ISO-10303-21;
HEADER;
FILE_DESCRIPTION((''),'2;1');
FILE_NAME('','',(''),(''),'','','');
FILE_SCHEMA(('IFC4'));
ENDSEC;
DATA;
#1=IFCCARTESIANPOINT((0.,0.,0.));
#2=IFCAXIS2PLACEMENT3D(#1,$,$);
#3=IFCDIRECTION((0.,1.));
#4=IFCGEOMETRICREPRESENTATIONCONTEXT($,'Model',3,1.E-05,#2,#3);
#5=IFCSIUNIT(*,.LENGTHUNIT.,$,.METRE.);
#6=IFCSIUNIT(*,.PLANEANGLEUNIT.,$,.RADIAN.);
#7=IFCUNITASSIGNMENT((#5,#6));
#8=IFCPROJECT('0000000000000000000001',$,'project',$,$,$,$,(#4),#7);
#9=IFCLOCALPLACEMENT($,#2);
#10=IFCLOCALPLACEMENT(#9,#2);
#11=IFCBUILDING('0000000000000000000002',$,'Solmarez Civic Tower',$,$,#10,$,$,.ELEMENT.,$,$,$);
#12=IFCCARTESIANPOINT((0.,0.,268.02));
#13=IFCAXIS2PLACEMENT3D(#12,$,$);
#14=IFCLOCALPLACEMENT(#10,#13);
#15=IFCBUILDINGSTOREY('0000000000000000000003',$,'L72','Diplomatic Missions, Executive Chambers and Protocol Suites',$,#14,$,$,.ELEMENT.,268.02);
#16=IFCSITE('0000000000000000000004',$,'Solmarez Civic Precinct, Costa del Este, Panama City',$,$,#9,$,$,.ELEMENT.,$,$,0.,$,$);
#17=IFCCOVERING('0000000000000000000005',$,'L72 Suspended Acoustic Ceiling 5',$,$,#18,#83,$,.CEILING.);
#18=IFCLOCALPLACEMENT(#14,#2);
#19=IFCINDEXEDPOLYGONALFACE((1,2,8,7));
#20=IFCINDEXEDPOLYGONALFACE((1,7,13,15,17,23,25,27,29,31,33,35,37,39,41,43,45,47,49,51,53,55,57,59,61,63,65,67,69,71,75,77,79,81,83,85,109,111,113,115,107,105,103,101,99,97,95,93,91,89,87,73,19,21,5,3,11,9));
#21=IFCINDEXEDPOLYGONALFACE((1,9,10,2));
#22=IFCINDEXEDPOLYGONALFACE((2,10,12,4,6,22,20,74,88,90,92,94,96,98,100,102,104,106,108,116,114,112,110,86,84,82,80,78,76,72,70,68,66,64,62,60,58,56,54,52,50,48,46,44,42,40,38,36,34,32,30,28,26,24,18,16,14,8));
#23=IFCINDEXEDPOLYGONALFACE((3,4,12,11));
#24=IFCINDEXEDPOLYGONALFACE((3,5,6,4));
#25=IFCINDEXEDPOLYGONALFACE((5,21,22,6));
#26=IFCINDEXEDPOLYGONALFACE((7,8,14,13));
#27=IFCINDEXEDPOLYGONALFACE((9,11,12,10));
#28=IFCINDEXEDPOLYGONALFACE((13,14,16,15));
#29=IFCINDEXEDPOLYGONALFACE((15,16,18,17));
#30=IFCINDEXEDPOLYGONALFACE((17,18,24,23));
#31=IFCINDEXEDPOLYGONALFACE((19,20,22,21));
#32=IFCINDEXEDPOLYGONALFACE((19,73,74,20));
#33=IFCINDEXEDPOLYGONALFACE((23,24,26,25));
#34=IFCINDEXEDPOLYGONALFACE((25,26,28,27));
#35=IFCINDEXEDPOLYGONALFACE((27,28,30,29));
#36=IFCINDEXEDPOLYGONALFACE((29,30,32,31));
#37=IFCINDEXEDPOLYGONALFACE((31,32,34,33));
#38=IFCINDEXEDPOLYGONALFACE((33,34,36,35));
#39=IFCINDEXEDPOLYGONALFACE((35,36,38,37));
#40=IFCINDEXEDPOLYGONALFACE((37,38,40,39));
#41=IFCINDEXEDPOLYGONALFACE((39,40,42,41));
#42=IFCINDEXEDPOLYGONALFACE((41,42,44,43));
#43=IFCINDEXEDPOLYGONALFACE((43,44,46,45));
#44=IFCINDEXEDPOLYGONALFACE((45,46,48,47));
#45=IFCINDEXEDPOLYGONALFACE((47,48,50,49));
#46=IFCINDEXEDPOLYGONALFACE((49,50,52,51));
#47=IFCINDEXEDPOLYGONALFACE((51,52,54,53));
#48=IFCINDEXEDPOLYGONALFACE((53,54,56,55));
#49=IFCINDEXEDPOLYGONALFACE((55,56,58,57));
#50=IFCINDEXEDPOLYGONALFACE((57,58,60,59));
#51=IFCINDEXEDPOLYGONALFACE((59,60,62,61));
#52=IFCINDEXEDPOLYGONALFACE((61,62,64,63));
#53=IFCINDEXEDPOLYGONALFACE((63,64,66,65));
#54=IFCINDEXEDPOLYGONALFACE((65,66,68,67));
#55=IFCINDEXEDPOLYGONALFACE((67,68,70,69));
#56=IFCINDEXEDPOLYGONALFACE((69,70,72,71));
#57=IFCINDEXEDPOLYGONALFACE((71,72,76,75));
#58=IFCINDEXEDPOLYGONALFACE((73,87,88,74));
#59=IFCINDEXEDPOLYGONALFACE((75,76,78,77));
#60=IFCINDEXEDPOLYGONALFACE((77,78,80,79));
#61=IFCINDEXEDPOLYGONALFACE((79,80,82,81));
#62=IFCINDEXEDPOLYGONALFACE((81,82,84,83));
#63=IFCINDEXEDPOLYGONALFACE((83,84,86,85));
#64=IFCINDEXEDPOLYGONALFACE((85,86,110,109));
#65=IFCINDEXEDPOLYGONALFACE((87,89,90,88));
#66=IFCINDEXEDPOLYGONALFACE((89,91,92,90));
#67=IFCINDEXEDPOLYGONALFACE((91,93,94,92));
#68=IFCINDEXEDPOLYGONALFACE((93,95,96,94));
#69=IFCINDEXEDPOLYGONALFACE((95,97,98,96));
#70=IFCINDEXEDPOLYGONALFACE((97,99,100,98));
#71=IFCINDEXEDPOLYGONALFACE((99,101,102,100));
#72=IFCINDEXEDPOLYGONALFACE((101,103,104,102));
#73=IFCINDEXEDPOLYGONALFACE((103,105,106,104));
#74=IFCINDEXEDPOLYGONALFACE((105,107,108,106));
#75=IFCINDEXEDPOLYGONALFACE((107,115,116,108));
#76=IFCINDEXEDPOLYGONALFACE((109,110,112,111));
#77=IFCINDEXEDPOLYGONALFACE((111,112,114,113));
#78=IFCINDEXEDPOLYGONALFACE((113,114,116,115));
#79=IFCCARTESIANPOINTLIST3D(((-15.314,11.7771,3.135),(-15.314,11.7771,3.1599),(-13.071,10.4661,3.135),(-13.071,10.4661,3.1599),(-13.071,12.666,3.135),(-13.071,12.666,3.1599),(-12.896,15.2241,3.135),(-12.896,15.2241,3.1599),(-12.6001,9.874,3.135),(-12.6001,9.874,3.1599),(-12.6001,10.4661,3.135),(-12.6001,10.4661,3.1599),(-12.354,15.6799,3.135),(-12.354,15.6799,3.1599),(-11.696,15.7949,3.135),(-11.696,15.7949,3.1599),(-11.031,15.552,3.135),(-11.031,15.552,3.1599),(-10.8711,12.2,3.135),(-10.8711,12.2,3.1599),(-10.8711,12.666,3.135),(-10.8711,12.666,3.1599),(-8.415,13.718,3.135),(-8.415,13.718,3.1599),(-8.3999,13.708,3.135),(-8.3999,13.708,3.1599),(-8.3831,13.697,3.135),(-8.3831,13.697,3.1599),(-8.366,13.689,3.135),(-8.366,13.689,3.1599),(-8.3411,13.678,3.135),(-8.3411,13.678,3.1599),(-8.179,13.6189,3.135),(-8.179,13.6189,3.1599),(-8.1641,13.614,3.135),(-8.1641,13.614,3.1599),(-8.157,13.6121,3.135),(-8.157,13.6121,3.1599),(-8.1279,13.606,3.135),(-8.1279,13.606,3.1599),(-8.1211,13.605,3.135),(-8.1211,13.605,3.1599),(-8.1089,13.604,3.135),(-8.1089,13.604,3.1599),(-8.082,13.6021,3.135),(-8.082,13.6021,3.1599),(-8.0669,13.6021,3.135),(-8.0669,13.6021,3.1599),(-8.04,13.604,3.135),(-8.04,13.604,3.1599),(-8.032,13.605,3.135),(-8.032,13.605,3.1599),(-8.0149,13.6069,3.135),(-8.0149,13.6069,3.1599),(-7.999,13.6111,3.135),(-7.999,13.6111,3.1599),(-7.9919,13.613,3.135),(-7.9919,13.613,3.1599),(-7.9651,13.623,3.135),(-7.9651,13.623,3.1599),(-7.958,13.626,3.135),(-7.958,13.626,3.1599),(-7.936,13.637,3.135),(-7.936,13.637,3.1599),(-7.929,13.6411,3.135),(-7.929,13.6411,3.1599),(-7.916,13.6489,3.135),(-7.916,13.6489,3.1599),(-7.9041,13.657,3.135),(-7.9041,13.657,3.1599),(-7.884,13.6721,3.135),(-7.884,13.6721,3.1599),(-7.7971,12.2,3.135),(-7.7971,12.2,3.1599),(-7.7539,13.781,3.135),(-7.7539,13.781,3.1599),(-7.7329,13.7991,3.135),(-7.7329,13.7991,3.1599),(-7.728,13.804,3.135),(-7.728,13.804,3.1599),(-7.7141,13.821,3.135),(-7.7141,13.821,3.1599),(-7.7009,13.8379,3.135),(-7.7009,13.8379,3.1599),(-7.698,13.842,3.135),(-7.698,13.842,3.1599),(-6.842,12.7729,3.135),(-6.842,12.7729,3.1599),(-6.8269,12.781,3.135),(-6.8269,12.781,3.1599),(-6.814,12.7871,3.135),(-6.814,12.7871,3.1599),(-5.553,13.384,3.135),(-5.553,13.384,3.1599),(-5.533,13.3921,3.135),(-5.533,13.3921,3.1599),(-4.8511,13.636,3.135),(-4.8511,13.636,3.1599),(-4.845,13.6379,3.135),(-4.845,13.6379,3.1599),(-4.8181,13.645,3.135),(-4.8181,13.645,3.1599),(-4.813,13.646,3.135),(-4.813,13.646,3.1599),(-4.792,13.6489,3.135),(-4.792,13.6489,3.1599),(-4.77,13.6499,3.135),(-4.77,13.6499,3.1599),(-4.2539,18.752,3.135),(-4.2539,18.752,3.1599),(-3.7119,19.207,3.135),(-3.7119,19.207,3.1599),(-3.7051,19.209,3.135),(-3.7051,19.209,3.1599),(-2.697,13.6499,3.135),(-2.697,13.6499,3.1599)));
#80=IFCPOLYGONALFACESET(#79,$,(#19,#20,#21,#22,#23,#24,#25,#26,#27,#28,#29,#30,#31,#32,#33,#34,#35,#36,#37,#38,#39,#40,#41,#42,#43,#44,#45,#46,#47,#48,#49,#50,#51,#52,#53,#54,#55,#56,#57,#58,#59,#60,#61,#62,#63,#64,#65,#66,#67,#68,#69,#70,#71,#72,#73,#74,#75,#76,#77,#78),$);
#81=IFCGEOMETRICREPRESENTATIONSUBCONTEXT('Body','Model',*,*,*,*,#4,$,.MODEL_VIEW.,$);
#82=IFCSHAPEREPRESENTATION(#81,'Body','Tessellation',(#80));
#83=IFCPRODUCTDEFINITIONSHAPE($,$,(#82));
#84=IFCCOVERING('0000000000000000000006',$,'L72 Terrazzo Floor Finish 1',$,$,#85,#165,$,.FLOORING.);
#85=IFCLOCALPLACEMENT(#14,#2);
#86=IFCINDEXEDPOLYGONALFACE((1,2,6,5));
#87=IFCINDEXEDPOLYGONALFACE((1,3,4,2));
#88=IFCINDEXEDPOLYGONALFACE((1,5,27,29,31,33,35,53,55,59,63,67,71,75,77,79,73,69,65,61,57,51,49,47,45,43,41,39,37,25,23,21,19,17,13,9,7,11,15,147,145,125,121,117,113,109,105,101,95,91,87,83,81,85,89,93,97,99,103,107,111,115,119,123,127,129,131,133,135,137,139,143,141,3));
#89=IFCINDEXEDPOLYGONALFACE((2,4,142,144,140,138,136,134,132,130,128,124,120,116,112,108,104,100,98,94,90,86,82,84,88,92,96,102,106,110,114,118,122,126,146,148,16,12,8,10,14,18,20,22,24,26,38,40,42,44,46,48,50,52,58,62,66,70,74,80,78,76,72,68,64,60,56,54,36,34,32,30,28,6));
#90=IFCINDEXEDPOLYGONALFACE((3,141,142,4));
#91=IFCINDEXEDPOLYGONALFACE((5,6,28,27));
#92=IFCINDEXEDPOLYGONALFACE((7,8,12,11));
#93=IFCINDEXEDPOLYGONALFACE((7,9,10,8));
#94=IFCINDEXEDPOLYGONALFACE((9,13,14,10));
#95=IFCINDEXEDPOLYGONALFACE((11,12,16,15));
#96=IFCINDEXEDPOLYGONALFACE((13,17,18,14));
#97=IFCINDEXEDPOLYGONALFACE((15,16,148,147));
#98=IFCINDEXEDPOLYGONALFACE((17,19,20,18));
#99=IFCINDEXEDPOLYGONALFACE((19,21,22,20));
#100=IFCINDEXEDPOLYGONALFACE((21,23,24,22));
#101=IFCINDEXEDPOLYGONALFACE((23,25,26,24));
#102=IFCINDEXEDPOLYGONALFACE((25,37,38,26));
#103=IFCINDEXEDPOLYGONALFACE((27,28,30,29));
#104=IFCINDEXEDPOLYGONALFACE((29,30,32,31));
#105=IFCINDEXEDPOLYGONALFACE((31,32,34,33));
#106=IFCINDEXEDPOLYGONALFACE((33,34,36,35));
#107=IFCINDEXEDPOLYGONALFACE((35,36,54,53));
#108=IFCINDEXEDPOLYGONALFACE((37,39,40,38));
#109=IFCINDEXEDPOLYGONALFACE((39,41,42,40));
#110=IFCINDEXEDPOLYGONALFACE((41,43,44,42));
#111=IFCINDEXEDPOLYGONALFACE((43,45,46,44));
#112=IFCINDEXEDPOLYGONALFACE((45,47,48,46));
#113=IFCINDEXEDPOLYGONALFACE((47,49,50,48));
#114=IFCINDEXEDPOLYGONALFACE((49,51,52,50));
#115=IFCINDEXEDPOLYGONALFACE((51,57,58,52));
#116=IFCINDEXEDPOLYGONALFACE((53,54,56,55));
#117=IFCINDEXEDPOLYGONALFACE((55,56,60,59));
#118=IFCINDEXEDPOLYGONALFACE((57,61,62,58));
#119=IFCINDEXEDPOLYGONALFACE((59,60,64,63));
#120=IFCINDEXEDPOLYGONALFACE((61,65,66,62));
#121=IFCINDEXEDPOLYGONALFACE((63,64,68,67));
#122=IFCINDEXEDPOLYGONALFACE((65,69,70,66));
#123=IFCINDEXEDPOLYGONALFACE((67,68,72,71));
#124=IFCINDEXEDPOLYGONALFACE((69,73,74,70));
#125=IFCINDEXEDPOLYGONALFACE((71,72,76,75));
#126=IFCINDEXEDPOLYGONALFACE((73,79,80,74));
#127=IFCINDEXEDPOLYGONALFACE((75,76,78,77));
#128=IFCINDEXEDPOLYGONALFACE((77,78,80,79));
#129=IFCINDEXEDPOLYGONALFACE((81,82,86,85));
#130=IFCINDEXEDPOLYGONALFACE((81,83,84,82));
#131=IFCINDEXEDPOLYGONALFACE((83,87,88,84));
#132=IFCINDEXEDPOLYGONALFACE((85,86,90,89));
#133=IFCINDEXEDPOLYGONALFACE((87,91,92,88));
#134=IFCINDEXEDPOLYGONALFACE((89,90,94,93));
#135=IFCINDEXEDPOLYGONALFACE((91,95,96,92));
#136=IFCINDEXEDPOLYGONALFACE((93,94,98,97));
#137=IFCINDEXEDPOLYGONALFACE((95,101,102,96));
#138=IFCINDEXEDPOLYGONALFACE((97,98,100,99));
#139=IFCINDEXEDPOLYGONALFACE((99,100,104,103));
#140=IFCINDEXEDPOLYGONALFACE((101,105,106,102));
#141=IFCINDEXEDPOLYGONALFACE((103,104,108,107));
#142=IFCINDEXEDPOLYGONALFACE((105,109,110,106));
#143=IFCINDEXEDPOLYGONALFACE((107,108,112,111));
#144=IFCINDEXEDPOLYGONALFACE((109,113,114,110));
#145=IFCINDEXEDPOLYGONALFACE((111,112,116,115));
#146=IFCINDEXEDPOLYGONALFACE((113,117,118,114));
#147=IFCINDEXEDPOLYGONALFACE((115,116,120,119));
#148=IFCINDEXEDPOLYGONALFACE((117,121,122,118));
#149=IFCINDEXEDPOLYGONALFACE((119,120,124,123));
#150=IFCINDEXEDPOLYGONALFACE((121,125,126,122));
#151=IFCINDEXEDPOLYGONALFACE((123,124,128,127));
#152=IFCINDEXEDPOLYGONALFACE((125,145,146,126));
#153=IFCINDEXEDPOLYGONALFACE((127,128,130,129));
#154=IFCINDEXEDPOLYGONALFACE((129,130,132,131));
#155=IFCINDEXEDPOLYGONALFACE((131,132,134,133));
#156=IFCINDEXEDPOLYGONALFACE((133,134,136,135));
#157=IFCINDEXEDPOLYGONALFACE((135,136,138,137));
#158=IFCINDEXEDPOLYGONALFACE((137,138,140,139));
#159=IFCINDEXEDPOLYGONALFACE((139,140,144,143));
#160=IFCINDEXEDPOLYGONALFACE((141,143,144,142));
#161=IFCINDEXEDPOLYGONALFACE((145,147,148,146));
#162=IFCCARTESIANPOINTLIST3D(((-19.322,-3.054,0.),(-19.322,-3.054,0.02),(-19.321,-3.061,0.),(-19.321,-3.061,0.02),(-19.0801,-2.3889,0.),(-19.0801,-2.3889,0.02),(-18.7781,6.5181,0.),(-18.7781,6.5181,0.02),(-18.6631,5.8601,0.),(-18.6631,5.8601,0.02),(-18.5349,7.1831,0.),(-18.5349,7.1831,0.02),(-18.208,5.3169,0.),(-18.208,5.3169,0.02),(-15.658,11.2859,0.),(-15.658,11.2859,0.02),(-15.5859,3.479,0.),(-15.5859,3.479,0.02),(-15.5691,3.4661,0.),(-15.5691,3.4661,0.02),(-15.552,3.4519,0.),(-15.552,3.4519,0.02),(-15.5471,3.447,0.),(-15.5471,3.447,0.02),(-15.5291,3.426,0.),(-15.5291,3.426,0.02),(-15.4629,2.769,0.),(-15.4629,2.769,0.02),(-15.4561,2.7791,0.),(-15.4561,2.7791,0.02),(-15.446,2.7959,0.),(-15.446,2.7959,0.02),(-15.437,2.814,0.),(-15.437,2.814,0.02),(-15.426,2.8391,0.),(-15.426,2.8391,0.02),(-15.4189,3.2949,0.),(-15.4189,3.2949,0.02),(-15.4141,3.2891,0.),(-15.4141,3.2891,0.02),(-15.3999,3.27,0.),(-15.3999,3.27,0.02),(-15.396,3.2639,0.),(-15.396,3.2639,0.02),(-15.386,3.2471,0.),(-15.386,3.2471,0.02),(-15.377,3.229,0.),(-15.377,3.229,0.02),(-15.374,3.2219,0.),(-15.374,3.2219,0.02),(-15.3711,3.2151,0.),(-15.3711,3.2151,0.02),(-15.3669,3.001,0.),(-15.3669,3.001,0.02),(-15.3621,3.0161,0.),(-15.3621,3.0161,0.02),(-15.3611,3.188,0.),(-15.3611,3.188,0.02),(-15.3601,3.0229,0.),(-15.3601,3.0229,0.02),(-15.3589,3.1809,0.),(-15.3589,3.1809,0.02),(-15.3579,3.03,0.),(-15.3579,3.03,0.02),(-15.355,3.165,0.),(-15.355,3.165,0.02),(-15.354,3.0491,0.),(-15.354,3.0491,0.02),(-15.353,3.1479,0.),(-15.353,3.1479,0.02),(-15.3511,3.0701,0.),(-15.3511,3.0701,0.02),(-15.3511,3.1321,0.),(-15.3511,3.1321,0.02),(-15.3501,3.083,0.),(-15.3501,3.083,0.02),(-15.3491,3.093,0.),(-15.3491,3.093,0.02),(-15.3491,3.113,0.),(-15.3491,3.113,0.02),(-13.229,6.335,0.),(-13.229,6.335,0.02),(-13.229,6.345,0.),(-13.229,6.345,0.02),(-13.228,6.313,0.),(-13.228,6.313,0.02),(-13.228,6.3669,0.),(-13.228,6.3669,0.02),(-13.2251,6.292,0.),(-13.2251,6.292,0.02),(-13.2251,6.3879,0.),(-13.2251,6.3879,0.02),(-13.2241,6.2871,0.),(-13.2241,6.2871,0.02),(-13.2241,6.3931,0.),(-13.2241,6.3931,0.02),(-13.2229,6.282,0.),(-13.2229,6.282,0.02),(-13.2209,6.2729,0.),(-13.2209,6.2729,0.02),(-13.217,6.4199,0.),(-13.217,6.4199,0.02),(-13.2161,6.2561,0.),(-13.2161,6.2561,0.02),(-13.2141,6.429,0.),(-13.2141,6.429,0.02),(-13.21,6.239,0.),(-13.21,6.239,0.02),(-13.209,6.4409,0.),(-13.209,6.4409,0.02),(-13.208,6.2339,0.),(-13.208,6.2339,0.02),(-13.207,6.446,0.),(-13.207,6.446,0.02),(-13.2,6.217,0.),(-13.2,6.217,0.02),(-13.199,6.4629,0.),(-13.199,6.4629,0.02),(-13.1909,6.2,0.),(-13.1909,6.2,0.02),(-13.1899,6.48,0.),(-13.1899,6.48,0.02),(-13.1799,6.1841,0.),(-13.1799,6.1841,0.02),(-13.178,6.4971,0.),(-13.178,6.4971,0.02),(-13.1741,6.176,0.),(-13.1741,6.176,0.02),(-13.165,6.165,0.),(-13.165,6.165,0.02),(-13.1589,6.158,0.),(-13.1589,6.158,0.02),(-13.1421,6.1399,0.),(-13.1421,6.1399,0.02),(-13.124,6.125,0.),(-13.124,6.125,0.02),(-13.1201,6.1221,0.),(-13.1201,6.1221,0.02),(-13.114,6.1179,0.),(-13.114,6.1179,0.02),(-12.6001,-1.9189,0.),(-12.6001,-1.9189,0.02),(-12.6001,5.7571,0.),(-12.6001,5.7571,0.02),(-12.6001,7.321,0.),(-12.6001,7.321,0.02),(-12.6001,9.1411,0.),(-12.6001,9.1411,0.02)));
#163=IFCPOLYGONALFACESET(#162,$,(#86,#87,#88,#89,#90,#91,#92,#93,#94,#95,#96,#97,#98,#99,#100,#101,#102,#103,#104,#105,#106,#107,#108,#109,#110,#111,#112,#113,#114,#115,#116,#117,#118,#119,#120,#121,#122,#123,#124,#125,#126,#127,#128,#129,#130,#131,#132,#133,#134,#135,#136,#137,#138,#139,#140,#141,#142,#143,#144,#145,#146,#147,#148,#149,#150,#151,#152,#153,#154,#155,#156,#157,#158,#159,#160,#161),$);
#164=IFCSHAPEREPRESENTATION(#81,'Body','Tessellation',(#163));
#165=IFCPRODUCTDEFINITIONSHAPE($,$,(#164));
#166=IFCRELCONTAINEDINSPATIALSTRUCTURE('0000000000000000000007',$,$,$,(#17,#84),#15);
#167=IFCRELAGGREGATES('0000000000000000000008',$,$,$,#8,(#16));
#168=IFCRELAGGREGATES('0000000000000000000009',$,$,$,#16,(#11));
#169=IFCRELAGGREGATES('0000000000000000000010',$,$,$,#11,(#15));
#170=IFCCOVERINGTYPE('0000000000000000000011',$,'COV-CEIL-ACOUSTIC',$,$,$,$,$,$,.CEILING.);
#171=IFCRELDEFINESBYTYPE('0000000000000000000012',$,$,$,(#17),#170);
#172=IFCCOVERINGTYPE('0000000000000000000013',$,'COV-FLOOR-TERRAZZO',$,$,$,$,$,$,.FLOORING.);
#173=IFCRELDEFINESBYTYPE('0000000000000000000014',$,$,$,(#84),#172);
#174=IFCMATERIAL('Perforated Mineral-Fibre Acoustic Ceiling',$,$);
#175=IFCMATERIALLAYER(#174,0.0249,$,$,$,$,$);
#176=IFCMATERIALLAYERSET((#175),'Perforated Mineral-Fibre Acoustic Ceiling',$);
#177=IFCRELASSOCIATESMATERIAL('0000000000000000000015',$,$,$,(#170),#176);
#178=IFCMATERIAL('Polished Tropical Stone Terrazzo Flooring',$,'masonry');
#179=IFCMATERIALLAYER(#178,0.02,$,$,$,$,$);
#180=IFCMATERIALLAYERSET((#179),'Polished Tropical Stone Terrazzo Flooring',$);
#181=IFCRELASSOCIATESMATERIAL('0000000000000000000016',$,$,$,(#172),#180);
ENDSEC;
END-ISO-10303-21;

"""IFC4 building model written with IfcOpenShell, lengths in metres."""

from ifc_helpers import new_model, si_unit, direction, frame, origin, place, context, subcontext, project, spatial, polyline, outline, extrude, material, layer, layer_set, type_object, element, save


model = new_model("IFC4")

# Units and contexts
model_context = context("Model", 3, precision=1e-05, world=origin(), true_north=direction((0.0, 1.0)))
body_context = subcontext(model_context, "Body", "Model", "MODEL_VIEW")
ifc_project = project(units=[si_unit("LENGTHUNIT", "METRE"), si_unit("PLANEANGLEUNIT", "RADIAN")], contexts=[model_context])

# Site, building, storey
site_placement = place(None, origin())
site = spatial("IfcSite", under=ifc_project, at=site_placement, Name="Solmarez Civic Precinct, Costa del Este, Panama City", CompositionType="ELEMENT", RefElevation=0.0)
building_placement = place(site_placement, origin())
building = spatial("IfcBuilding", under=site, at=building_placement, Name="Solmarez Civic Tower", CompositionType="ELEMENT")
storey_placement = place(building_placement, frame((0.0, 0.0, 268.02)))
storey = spatial("IfcBuildingStorey", under=building, at=storey_placement, Name="L72", Description="Diplomatic Missions, Executive Chambers and Protocol Suites", CompositionType="ELEMENT", Elevation=268.02)

# Coverings
ifc_material_1 = material(Name="Perforated Mineral-Fibre Acoustic Ceiling")
ifc_layer_1 = layer(ifc_material_1, 0.0249)
ifc_layer_set_1 = layer_set([ifc_layer_1], Name="Perforated Mineral-Fibre Acoustic Ceiling")
covering_type_1 = type_object("IfcCoveringType", Name="COV-CEIL-ACOUSTIC", PredefinedType="CEILING", material=ifc_layer_set_1)
covering_1_placement = place(storey_placement, frame((0.0, 0.0, 3.135)))
element("IfcCovering", 1, at=covering_1_placement, inside=storey, type_object=covering_type_1, Name="L72 Suspended Acoustic Ceiling 5", PredefinedType="CEILING", context=body_context, shape_type="SweptSolid", body=[
    extrude(outline(polyline([(-12.6001, 9.874), (-12.6001, 10.4661), (-13.071, 10.4661), (-13.071, 12.666), (-10.8711, 12.666), (-10.8711, 12.2), (-7.7971, 12.2), (-6.842, 12.7729), (-6.8269, 12.781), (-6.814, 12.7871), (-5.553, 13.384), (-5.533, 13.3921), (-4.8511, 13.636), (-4.845, 13.6379), (-4.8181, 13.645), (-4.813, 13.646), (-4.792, 13.6489), (-4.77, 13.6499), (-2.697, 13.6499), (-3.7051, 19.209), (-3.7119, 19.207), (-4.2539, 18.752), (-7.698, 13.842), (-7.7009, 13.8379), (-7.7141, 13.821), (-7.728, 13.804), (-7.7329, 13.7991), (-7.7539, 13.781), (-7.884, 13.6721), (-7.9041, 13.657), (-7.916, 13.6489), (-7.929, 13.6411), (-7.936, 13.637), (-7.958, 13.626), (-7.9651, 13.623), (-7.9919, 13.613), (-7.999, 13.6111), (-8.0149, 13.6069), (-8.032, 13.605), (-8.04, 13.604), (-8.0669, 13.6021), (-8.082, 13.6021), (-8.1089, 13.604), (-8.1211, 13.605), (-8.1279, 13.606), (-8.157, 13.6121), (-8.1641, 13.614), (-8.179, 13.6189), (-8.3411, 13.678), (-8.366, 13.689), (-8.3831, 13.697), (-8.3999, 13.708), (-8.415, 13.718), (-11.031, 15.552), (-11.696, 15.7949), (-12.354, 15.6799), (-12.896, 15.2241), (-15.314, 11.7771), (-12.6001, 9.874)])), origin(), (0.0, 0.0, 1.0), 0.0249),
])
ifc_material_2 = material(Name="Polished Tropical Stone Terrazzo Flooring", Category="masonry")
ifc_layer_2 = layer(ifc_material_2, 0.02)
ifc_layer_set_2 = layer_set([ifc_layer_2], Name="Polished Tropical Stone Terrazzo Flooring")
covering_type_2 = type_object("IfcCoveringType", Name="COV-FLOOR-TERRAZZO", PredefinedType="FLOORING", material=ifc_layer_set_2)
covering_2_placement = place(storey_placement, origin())
element("IfcCovering", 2, at=covering_2_placement, inside=storey, type_object=covering_type_2, Name="L72 Terrazzo Floor Finish 1", PredefinedType="FLOORING", context=body_context, shape_type="SweptSolid", body=[
    extrude(outline(polyline([(-15.3501, 3.083), (-15.3511, 3.0701), (-15.354, 3.0491), (-15.3579, 3.03), (-15.3601, 3.0229), (-15.3621, 3.0161), (-15.3669, 3.001), (-15.426, 2.8391), (-15.437, 2.814), (-15.446, 2.7959), (-15.4561, 2.7791), (-15.4629, 2.769), (-19.0801, -2.3889), (-19.322, -3.054), (-19.321, -3.061), (-12.6001, -1.9189), (-12.6001, 5.7571), (-13.114, 6.1179), (-13.1201, 6.1221), (-13.124, 6.125), (-13.1421, 6.1399), (-13.1589, 6.158), (-13.165, 6.165), (-13.1741, 6.176), (-13.1799, 6.1841), (-13.1909, 6.2), (-13.2, 6.217), (-13.208, 6.2339), (-13.21, 6.239), (-13.2161, 6.2561), (-13.2209, 6.2729), (-13.2229, 6.282), (-13.2241, 6.2871), (-13.2251, 6.292), (-13.228, 6.313), (-13.229, 6.335), (-13.229, 6.345), (-13.228, 6.3669), (-13.2251, 6.3879), (-13.2241, 6.3931), (-13.217, 6.4199), (-13.2141, 6.429), (-13.209, 6.4409), (-13.207, 6.446), (-13.199, 6.4629), (-13.1899, 6.48), (-13.178, 6.4971), (-12.6001, 7.321), (-12.6001, 9.1411), (-15.658, 11.2859), (-18.5349, 7.1831), (-18.7781, 6.5181), (-18.6631, 5.8601), (-18.208, 5.3169), (-15.5859, 3.479), (-15.5691, 3.4661), (-15.552, 3.4519), (-15.5471, 3.447), (-15.5291, 3.426), (-15.4189, 3.2949), (-15.4141, 3.2891), (-15.3999, 3.27), (-15.396, 3.2639), (-15.386, 3.2471), (-15.377, 3.229), (-15.374, 3.2219), (-15.3711, 3.2151), (-15.3611, 3.188), (-15.3589, 3.1809), (-15.355, 3.165), (-15.353, 3.1479), (-15.3511, 3.1321), (-15.3491, 3.113), (-15.3491, 3.093), (-15.3501, 3.083)])), origin(), (0.0, 0.0, 1.0), 0.02),
])

save(model, "model.ifc")
